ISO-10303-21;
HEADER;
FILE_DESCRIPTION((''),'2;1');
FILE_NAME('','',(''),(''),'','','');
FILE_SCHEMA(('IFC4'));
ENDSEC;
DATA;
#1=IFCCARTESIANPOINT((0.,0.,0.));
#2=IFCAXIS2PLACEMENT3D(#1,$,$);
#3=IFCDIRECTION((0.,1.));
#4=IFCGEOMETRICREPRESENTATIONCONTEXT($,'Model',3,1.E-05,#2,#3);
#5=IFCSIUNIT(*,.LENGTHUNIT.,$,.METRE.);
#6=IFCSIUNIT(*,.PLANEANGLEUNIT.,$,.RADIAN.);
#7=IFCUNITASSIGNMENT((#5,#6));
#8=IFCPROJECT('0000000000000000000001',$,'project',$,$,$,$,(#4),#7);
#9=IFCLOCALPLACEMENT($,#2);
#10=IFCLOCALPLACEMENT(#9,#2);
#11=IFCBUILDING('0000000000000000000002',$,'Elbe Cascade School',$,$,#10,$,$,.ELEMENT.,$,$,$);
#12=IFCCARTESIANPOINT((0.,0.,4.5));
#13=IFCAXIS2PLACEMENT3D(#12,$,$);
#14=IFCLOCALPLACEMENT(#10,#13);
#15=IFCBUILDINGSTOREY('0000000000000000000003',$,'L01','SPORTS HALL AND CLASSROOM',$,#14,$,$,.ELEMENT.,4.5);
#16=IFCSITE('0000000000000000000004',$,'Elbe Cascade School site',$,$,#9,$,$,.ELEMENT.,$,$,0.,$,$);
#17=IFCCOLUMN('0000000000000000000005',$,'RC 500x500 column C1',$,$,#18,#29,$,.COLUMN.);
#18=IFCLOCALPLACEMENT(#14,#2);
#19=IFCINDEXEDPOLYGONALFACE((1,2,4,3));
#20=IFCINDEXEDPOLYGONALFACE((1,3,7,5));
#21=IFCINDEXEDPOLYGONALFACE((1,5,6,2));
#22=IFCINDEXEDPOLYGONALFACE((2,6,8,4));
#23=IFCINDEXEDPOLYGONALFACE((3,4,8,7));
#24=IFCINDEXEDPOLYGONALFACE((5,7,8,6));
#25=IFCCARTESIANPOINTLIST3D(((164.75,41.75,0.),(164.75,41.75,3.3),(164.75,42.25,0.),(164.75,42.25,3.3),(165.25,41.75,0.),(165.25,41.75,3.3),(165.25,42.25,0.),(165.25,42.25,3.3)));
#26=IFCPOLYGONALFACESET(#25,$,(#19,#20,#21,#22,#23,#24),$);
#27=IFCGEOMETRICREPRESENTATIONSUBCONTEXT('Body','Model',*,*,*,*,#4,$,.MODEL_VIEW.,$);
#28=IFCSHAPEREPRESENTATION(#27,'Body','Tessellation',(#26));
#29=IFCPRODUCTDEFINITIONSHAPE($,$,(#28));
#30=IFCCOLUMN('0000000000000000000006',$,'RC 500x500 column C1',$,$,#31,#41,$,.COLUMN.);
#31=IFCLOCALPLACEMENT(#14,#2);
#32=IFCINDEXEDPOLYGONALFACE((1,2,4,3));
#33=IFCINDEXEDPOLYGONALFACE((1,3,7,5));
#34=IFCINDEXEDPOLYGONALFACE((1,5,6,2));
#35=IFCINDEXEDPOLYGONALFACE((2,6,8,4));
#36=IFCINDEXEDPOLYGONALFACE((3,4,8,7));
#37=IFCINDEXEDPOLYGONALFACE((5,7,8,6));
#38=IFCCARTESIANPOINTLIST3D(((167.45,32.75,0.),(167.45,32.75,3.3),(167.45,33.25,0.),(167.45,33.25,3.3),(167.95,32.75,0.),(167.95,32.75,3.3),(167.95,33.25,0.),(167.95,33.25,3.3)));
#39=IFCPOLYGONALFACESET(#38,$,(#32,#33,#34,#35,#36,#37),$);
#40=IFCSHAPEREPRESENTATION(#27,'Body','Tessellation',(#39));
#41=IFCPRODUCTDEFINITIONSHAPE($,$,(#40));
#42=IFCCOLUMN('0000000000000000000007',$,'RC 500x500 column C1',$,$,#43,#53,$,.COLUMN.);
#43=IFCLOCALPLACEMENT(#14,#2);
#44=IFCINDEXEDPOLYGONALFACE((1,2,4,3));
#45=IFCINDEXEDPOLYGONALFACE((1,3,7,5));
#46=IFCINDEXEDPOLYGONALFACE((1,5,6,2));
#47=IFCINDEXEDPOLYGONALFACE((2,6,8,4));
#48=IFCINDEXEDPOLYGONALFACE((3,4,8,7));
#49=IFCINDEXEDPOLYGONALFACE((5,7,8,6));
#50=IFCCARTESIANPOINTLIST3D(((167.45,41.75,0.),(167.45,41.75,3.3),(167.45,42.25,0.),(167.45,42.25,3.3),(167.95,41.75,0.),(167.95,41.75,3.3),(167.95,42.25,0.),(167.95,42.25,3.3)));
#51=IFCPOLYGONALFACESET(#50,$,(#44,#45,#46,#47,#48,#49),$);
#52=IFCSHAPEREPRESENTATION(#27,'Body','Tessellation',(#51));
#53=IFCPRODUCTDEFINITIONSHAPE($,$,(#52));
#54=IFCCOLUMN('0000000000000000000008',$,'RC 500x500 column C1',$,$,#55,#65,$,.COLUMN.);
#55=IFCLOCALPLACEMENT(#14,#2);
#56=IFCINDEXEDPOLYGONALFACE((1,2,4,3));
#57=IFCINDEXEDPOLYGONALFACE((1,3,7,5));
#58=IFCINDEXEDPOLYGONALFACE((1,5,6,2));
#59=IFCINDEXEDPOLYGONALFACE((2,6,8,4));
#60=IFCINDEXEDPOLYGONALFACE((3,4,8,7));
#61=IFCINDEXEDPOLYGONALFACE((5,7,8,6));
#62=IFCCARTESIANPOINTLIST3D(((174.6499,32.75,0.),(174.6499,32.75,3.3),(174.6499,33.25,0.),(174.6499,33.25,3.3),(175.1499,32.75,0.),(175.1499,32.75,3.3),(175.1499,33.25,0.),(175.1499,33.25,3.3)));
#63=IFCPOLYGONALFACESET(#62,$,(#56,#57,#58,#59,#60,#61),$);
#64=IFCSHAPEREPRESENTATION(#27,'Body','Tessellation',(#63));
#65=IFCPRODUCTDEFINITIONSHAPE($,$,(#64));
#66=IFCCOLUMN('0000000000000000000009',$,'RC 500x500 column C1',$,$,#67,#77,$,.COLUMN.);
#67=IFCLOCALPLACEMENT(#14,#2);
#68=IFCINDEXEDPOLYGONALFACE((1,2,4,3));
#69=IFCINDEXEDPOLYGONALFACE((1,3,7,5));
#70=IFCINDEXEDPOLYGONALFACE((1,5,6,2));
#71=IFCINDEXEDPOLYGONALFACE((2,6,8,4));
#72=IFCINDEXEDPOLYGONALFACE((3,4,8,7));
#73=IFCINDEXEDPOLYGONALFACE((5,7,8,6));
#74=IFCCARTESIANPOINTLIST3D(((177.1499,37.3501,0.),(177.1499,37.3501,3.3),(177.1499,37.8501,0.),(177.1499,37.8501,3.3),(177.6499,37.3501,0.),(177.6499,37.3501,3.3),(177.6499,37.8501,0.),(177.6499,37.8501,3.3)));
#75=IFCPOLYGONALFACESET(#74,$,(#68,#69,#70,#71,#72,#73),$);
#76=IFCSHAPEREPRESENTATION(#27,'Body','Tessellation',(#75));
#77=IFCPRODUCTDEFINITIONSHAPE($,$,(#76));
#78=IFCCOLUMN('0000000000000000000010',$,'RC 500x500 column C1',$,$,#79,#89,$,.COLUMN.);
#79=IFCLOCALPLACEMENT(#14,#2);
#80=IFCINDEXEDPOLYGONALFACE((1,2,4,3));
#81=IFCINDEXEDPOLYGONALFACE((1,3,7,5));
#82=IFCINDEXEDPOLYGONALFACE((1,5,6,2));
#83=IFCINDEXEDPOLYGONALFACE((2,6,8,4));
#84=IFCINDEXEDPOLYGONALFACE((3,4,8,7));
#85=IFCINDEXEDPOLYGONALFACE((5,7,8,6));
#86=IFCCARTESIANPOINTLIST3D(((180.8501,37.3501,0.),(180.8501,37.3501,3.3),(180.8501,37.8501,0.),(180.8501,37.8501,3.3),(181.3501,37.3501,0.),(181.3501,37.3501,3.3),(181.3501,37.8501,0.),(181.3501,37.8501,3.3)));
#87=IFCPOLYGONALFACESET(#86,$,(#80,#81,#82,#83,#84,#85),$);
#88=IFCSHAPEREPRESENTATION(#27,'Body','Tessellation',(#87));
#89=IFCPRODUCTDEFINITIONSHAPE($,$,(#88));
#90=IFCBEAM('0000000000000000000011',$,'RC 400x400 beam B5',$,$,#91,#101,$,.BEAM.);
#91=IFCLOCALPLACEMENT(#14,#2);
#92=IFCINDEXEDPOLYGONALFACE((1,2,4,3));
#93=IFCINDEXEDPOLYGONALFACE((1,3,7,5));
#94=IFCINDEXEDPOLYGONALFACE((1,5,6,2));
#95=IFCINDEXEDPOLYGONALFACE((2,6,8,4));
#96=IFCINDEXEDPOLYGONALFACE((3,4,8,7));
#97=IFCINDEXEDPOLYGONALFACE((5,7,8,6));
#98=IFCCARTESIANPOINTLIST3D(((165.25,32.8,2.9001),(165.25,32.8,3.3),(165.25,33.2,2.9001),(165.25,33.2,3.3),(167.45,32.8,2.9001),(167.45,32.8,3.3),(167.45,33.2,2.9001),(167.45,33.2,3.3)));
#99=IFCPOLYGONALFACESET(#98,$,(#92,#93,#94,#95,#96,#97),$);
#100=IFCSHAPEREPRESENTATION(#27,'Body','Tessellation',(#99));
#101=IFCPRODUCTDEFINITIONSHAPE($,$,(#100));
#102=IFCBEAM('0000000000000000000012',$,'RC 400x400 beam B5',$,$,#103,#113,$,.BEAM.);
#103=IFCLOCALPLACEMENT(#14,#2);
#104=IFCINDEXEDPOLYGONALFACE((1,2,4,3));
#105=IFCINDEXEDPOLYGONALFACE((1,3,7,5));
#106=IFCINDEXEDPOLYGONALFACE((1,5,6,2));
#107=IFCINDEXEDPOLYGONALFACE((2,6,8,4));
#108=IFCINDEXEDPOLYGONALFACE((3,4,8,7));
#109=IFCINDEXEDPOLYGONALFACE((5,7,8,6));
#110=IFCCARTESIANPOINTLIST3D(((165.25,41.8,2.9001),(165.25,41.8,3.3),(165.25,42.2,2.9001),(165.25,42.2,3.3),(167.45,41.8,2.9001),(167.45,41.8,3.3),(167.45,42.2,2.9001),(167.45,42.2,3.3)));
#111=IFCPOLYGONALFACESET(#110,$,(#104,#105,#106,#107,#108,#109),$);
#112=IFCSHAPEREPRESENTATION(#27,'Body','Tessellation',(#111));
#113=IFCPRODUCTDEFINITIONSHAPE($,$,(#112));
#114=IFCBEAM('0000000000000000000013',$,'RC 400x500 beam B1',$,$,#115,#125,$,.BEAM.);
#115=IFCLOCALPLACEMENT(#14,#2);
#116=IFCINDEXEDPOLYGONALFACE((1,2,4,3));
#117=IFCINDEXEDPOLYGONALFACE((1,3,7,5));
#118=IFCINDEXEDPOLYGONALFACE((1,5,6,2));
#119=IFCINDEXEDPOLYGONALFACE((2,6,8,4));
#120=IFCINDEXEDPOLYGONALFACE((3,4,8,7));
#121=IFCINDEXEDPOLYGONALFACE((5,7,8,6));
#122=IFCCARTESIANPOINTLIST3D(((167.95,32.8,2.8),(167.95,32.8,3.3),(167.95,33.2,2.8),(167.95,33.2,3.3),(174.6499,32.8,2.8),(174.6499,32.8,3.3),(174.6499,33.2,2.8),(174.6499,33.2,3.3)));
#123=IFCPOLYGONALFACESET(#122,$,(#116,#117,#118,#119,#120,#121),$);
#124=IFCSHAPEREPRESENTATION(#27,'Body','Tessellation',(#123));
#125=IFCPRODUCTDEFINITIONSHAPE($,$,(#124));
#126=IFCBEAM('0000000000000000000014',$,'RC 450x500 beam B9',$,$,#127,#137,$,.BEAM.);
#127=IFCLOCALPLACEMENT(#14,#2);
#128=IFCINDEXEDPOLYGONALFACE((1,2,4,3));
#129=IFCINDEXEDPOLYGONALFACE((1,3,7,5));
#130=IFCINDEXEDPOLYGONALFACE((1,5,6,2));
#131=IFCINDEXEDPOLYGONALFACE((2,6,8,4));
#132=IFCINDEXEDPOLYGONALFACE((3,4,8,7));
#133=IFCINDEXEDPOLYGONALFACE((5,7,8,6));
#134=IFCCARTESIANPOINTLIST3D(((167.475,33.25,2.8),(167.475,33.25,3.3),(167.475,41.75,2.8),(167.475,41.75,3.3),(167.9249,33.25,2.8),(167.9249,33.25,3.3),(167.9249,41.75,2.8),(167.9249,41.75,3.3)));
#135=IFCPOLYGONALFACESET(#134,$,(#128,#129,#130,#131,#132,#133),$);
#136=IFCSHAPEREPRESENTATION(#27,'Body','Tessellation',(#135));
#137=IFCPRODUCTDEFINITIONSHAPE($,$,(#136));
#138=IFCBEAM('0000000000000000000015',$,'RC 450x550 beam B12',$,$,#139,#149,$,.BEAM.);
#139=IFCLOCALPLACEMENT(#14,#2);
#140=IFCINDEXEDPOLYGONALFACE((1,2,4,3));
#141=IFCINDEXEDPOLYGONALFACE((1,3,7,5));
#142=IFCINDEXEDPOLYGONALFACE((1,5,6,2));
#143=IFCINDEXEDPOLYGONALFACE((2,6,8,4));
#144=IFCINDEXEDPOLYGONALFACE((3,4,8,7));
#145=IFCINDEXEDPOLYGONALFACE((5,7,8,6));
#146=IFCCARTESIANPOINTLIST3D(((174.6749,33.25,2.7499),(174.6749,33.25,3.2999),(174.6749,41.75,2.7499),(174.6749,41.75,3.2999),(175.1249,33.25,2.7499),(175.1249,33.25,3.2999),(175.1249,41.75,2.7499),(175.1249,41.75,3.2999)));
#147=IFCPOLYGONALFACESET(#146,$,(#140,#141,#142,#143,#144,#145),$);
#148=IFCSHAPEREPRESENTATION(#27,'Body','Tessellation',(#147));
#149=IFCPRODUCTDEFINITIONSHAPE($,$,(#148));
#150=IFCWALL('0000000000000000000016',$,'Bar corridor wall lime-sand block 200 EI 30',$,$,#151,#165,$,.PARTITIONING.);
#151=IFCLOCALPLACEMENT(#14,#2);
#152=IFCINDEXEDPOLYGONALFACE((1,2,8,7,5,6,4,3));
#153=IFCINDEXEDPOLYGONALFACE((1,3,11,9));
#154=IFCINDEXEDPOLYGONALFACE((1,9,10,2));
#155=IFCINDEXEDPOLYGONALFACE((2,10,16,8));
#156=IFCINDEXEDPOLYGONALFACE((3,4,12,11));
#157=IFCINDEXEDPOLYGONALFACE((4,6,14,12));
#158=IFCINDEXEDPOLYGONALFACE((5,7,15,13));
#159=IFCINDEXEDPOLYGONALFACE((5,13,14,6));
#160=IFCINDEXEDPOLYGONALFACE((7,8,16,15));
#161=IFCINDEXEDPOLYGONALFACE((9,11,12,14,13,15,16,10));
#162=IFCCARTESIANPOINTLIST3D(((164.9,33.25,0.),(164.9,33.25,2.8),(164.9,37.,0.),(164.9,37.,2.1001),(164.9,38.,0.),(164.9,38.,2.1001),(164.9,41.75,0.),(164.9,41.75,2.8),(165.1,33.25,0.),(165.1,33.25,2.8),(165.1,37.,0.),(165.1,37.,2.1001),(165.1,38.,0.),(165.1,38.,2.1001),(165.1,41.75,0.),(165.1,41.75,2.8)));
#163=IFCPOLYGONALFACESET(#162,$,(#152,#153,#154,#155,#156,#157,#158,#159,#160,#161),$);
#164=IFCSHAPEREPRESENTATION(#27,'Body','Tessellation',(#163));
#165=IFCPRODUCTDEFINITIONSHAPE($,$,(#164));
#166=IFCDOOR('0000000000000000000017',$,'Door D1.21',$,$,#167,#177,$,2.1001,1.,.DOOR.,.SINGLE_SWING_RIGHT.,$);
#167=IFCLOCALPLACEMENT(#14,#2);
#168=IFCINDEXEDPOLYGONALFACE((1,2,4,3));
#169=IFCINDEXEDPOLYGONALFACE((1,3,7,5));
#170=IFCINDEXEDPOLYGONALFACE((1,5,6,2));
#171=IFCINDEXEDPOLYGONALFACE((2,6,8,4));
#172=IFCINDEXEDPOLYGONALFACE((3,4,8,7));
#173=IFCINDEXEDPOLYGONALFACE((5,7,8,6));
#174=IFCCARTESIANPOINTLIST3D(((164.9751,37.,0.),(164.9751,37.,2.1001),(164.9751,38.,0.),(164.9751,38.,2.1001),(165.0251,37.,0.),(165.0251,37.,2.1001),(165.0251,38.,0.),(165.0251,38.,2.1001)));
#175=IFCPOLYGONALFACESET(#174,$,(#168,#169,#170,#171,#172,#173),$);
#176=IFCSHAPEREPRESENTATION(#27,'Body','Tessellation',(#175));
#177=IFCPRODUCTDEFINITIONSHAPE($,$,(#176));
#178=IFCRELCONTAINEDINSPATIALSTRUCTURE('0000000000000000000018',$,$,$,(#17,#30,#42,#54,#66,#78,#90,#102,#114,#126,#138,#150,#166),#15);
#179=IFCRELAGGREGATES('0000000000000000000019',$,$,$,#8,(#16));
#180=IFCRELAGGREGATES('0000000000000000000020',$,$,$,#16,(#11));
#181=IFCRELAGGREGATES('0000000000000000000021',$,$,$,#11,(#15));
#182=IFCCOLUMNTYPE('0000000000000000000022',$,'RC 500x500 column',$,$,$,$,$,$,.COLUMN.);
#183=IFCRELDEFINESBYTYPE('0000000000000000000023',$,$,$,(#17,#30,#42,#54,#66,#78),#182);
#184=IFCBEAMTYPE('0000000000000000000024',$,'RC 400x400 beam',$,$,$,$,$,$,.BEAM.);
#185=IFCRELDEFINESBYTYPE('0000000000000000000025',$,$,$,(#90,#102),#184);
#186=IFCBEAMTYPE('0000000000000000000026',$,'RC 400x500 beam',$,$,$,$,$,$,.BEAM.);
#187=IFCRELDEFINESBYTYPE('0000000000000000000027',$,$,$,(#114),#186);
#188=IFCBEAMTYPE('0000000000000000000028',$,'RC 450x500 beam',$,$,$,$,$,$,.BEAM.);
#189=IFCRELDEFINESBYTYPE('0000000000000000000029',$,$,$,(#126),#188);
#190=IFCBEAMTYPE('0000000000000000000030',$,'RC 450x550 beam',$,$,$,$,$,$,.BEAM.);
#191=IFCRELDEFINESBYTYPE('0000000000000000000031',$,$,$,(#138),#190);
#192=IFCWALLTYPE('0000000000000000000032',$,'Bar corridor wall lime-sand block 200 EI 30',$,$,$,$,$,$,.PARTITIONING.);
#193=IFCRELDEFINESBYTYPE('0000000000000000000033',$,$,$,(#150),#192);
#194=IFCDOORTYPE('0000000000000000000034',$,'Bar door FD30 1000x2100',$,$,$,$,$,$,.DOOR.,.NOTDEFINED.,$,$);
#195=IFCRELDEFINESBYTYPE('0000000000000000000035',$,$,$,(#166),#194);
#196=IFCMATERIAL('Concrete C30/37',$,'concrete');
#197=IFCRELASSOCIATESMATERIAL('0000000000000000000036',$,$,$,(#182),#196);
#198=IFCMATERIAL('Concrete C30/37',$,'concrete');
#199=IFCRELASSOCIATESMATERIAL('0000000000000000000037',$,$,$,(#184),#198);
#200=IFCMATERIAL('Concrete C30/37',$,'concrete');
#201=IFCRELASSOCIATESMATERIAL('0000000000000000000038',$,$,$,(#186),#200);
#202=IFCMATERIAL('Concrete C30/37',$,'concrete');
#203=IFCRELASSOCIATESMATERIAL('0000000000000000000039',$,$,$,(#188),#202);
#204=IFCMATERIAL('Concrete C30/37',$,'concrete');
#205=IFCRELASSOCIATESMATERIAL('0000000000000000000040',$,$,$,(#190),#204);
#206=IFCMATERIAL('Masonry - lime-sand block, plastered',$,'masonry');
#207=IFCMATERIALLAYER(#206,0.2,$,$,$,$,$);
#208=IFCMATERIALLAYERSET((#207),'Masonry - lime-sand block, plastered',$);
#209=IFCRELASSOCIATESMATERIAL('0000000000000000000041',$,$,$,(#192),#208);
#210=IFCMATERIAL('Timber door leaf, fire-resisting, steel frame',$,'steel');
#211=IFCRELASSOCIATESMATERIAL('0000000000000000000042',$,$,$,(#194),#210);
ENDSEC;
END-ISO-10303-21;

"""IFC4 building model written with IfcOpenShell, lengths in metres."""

from ifc_helpers import new_model, si_unit, direction, frame, frame_2d, origin, origin_2d, place, context, subcontext, project, spatial, rectangle, extrude, material, layer, layer_set, material_profile, profile_set, type_object, element, fill, save


model = new_model("IFC4")

# Units and contexts
model_context = context("Model", 3, precision=1e-05, world=origin(), true_north=direction((0.0, 1.0)))
body_context = subcontext(model_context, "Body", "Model", "MODEL_VIEW")
ifc_project = project(units=[si_unit("LENGTHUNIT", "METRE"), si_unit("PLANEANGLEUNIT", "RADIAN")], contexts=[model_context])

# Site, building, storey
site_placement = place(None, origin())
site = spatial("IfcSite", under=ifc_project, at=site_placement, Name="Elbe Cascade School site", CompositionType="ELEMENT", RefElevation=0.0)
building_placement = place(site_placement, origin())
building = spatial("IfcBuilding", under=site, at=building_placement, Name="Elbe Cascade School", CompositionType="ELEMENT")
storey_placement = place(building_placement, frame((0.0, 0.0, 4.5)))
storey = spatial("IfcBuildingStorey", under=building, at=storey_placement, Name="L01", Description="SPORTS HALL AND CLASSROOM", CompositionType="ELEMENT", Elevation=4.5)

# Columns
ifc_material_1 = material(Name="Concrete C30/37", Category="concrete")
ifc_material_profile_1 = material_profile(ifc_material_1, rectangle(XDim=0.5, YDim=0.5, at=origin_2d()), Name="RC 500x500")
ifc_profile_set_1 = profile_set([ifc_material_profile_1], Name="Concrete C30/37")
column_type = type_object("IfcColumnType", Name="RC 500x500 column", PredefinedType="COLUMN", material=ifc_profile_set_1)
for number, where, z_axis, x_axis, name in (
    (1, (165.0, 42.0, 0.0), (0.0, 0.0, 1.0), (1.0, 0.0, 0.0), "RC 500x500 column C1"),
    (2, (167.7, 33.0, 0.0), (0.0, 0.0, 1.0), (1.0, 0.0, 0.0), "RC 500x500 column C1"),
    (3, (167.7, 42.0, 0.0), (0.0, 0.0, 1.0), (1.0, 0.0, 0.0), "RC 500x500 column C1"),
    (4, (174.8999, 33.0, 0.0), (0.0, 0.0, 1.0), (1.0, 0.0, 0.0), "RC 500x500 column C1"),
    (5, (177.3999, 37.6001, 0.0), (0.0, 0.0, 1.0), (1.0, 0.0, 0.0), "RC 500x500 column C1"),
    (6, (181.1001, 37.6001, 0.0), (0.0, 0.0, 1.0), (1.0, 0.0, 0.0), "RC 500x500 column C1"),
):
    element("IfcColumn", number, at=place(storey_placement, frame(where, z_axis=z_axis, x_axis=x_axis)), inside=storey, type_object=column_type, Name=name, PredefinedType="COLUMN", context=body_context, shape_type="SweptSolid", body=[
        extrude(rectangle(XDim=0.5, YDim=0.5, at=origin_2d()), origin(), (0.0, 0.0, 1.0), 3.3),
    ])

# Beams
ifc_material_2 = material(Name="Concrete C30/37", Category="concrete")
ifc_material_profile_2 = material_profile(ifc_material_2, rectangle(XDim=0.3999, YDim=0.3999, at=origin_2d()), Name="RC 400x400")
ifc_profile_set_2 = profile_set([ifc_material_profile_2], Name="Concrete C30/37")
beam_type_1 = type_object("IfcBeamType", Name="RC 400x400 beam", PredefinedType="BEAM", material=ifc_profile_set_2)
for number, where, z_axis, x_axis, name in (
    (7, (165.25, 33.0, 3.1001), (1.0, 0.0, 0.0), (0.0, 1.0, 0.0), "RC 400x400 beam B5"),
    (8, (165.25, 42.0, 3.1001), (1.0, 0.0, 0.0), (0.0, 1.0, 0.0), "RC 400x400 beam B5"),
):
    element("IfcBeam", number, at=place(storey_placement, frame(where, z_axis=z_axis, x_axis=x_axis)), inside=storey, type_object=beam_type_1, Name=name, PredefinedType="BEAM", context=body_context, shape_type="SweptSolid", body=[
        extrude(rectangle(XDim=0.3999, YDim=0.3999, at=origin_2d()), origin(), (0.0, 0.0, 1.0), 2.2),
    ])
ifc_material_3 = material(Name="Concrete C30/37", Category="concrete")
ifc_material_profile_3 = material_profile(ifc_material_3, rectangle(XDim=0.3999, YDim=0.5, at=origin_2d()), Name="RC 400x500")
ifc_profile_set_3 = profile_set([ifc_material_profile_3], Name="Concrete C30/37")
beam_type_2 = type_object("IfcBeamType", Name="RC 400x500 beam", PredefinedType="BEAM", material=ifc_profile_set_3)
beam_1_placement = place(storey_placement, frame((167.95, 33.0, 3.05), z_axis=(1.0, 0.0, 0.0), x_axis=(0.0, 1.0, 0.0)))
element("IfcBeam", 9, at=beam_1_placement, inside=storey, type_object=beam_type_2, Name="RC 400x500 beam B1", PredefinedType="BEAM", context=body_context, shape_type="SweptSolid", body=[
    extrude(rectangle(XDim=0.3999, YDim=0.5, at=origin_2d()), origin(), (0.0, 0.0, 1.0), 6.7),
])
ifc_material_4 = material(Name="Concrete C30/37", Category="concrete")
ifc_material_profile_4 = material_profile(ifc_material_4, rectangle(XDim=0.45, YDim=0.5, at=origin_2d()), Name="RC 450x500")
ifc_profile_set_4 = profile_set([ifc_material_profile_4], Name="Concrete C30/37")
beam_type_3 = type_object("IfcBeamType", Name="RC 450x500 beam", PredefinedType="BEAM", material=ifc_profile_set_4)
beam_2_placement = place(storey_placement, frame((167.7, 33.25, 3.05), z_axis=(0.0, 1.0, 0.0), x_axis=(-1.0, 0.0, 0.0)))
element("IfcBeam", 10, at=beam_2_placement, inside=storey, type_object=beam_type_3, Name="RC 450x500 beam B9", PredefinedType="BEAM", context=body_context, shape_type="SweptSolid", body=[
    extrude(rectangle(XDim=0.45, YDim=0.5, at=origin_2d()), origin(), (0.0, 0.0, 1.0), 8.5),
])
ifc_material_5 = material(Name="Concrete C30/37", Category="concrete")
ifc_material_profile_5 = material_profile(ifc_material_5, rectangle(XDim=0.45, YDim=0.55, at=origin_2d()), Name="RC 450x550")
ifc_profile_set_5 = profile_set([ifc_material_profile_5], Name="Concrete C30/37")
beam_type_4 = type_object("IfcBeamType", Name="RC 450x550 beam", PredefinedType="BEAM", material=ifc_profile_set_5)
beam_3_placement = place(storey_placement, frame((174.8999, 33.25, 3.0249), z_axis=(0.0, 1.0, 0.0), x_axis=(-1.0, 0.0, 0.0)))
element("IfcBeam", 11, at=beam_3_placement, inside=storey, type_object=beam_type_4, Name="RC 450x550 beam B12", PredefinedType="BEAM", context=body_context, shape_type="SweptSolid", body=[
    extrude(rectangle(XDim=0.45, YDim=0.55, at=origin_2d()), origin(), (0.0, 0.0, 1.0), 8.5),
])

# Wall, opening, door
ifc_material_6 = material(Name="Masonry - lime-sand block, plastered", Category="masonry")
ifc_layer_1 = layer(ifc_material_6, 0.2)
ifc_layer_set_1 = layer_set([ifc_layer_1], Name="Masonry - lime-sand block, plastered")
wall_type_1 = type_object("IfcWallType", Name="Bar corridor wall lime-sand block 200 EI 30", PredefinedType="PARTITIONING", material=ifc_layer_set_1)
wall_1_placement = place(storey_placement, frame((165.0, 33.25, 0.0), z_axis=(0.0, 0.0, 1.0), x_axis=(0.0, 1.0, 0.0)))
wall_1 = element("IfcWall", 12, at=wall_1_placement, inside=storey, type_object=wall_type_1, Name="Bar corridor wall lime-sand block 200 EI 30", PredefinedType="PARTITIONING", context=body_context, shape_type="SweptSolid", body=[
    extrude(rectangle(XDim=8.5, YDim=0.2, at=frame_2d((4.25, 0.0))), origin(), (0.0, 0.0, 1.0), 2.8),
])
opening_1_placement = place(wall_1_placement, frame((3.75, 0.0, 0.0)))
opening_1 = element("IfcOpeningElement", 13, at=opening_1_placement, cuts=wall_1, PredefinedType="OPENING", context=body_context, shape_type="SweptSolid", body=[
    extrude(rectangle(XDim=1.0, YDim=2.1001, at=frame_2d((0.5, 1.05))), frame((0.0, 0.1099, 0.0), z_axis=(0.0, -1.0, 0.0), x_axis=(1.0, 0.0, 0.0)), (0.0, 0.0, 1.0), 0.22),
])
ifc_material_7 = material(Name="Timber door leaf, fire-resisting, steel frame", Category="steel")
door_type_1 = type_object("IfcDoorType", Name="Bar door FD30 1000x2100", OperationType="NOTDEFINED", PredefinedType="DOOR", material=ifc_material_7)
door_1_placement = place(opening_1_placement, origin())
door_1 = element("IfcDoor", 14, at=door_1_placement, inside=storey, type_object=door_type_1, Name="Door D1.21", OperationType="SINGLE_SWING_RIGHT", OverallHeight=2.1001, OverallWidth=1.0, PredefinedType="DOOR", context=body_context, shape_type="SweptSolid", body=[
    extrude(rectangle(XDim=1.0, YDim=2.1001, at=frame_2d((0.5, 1.05))), frame((0.0, 0.0249, 0.0), z_axis=(0.0, -1.0, 0.0), x_axis=(1.0, 0.0, 0.0)), (0.0, 0.0, 1.0), 0.05),
])
fill(opening_1, door_1)

save(model, "model.ifc")
